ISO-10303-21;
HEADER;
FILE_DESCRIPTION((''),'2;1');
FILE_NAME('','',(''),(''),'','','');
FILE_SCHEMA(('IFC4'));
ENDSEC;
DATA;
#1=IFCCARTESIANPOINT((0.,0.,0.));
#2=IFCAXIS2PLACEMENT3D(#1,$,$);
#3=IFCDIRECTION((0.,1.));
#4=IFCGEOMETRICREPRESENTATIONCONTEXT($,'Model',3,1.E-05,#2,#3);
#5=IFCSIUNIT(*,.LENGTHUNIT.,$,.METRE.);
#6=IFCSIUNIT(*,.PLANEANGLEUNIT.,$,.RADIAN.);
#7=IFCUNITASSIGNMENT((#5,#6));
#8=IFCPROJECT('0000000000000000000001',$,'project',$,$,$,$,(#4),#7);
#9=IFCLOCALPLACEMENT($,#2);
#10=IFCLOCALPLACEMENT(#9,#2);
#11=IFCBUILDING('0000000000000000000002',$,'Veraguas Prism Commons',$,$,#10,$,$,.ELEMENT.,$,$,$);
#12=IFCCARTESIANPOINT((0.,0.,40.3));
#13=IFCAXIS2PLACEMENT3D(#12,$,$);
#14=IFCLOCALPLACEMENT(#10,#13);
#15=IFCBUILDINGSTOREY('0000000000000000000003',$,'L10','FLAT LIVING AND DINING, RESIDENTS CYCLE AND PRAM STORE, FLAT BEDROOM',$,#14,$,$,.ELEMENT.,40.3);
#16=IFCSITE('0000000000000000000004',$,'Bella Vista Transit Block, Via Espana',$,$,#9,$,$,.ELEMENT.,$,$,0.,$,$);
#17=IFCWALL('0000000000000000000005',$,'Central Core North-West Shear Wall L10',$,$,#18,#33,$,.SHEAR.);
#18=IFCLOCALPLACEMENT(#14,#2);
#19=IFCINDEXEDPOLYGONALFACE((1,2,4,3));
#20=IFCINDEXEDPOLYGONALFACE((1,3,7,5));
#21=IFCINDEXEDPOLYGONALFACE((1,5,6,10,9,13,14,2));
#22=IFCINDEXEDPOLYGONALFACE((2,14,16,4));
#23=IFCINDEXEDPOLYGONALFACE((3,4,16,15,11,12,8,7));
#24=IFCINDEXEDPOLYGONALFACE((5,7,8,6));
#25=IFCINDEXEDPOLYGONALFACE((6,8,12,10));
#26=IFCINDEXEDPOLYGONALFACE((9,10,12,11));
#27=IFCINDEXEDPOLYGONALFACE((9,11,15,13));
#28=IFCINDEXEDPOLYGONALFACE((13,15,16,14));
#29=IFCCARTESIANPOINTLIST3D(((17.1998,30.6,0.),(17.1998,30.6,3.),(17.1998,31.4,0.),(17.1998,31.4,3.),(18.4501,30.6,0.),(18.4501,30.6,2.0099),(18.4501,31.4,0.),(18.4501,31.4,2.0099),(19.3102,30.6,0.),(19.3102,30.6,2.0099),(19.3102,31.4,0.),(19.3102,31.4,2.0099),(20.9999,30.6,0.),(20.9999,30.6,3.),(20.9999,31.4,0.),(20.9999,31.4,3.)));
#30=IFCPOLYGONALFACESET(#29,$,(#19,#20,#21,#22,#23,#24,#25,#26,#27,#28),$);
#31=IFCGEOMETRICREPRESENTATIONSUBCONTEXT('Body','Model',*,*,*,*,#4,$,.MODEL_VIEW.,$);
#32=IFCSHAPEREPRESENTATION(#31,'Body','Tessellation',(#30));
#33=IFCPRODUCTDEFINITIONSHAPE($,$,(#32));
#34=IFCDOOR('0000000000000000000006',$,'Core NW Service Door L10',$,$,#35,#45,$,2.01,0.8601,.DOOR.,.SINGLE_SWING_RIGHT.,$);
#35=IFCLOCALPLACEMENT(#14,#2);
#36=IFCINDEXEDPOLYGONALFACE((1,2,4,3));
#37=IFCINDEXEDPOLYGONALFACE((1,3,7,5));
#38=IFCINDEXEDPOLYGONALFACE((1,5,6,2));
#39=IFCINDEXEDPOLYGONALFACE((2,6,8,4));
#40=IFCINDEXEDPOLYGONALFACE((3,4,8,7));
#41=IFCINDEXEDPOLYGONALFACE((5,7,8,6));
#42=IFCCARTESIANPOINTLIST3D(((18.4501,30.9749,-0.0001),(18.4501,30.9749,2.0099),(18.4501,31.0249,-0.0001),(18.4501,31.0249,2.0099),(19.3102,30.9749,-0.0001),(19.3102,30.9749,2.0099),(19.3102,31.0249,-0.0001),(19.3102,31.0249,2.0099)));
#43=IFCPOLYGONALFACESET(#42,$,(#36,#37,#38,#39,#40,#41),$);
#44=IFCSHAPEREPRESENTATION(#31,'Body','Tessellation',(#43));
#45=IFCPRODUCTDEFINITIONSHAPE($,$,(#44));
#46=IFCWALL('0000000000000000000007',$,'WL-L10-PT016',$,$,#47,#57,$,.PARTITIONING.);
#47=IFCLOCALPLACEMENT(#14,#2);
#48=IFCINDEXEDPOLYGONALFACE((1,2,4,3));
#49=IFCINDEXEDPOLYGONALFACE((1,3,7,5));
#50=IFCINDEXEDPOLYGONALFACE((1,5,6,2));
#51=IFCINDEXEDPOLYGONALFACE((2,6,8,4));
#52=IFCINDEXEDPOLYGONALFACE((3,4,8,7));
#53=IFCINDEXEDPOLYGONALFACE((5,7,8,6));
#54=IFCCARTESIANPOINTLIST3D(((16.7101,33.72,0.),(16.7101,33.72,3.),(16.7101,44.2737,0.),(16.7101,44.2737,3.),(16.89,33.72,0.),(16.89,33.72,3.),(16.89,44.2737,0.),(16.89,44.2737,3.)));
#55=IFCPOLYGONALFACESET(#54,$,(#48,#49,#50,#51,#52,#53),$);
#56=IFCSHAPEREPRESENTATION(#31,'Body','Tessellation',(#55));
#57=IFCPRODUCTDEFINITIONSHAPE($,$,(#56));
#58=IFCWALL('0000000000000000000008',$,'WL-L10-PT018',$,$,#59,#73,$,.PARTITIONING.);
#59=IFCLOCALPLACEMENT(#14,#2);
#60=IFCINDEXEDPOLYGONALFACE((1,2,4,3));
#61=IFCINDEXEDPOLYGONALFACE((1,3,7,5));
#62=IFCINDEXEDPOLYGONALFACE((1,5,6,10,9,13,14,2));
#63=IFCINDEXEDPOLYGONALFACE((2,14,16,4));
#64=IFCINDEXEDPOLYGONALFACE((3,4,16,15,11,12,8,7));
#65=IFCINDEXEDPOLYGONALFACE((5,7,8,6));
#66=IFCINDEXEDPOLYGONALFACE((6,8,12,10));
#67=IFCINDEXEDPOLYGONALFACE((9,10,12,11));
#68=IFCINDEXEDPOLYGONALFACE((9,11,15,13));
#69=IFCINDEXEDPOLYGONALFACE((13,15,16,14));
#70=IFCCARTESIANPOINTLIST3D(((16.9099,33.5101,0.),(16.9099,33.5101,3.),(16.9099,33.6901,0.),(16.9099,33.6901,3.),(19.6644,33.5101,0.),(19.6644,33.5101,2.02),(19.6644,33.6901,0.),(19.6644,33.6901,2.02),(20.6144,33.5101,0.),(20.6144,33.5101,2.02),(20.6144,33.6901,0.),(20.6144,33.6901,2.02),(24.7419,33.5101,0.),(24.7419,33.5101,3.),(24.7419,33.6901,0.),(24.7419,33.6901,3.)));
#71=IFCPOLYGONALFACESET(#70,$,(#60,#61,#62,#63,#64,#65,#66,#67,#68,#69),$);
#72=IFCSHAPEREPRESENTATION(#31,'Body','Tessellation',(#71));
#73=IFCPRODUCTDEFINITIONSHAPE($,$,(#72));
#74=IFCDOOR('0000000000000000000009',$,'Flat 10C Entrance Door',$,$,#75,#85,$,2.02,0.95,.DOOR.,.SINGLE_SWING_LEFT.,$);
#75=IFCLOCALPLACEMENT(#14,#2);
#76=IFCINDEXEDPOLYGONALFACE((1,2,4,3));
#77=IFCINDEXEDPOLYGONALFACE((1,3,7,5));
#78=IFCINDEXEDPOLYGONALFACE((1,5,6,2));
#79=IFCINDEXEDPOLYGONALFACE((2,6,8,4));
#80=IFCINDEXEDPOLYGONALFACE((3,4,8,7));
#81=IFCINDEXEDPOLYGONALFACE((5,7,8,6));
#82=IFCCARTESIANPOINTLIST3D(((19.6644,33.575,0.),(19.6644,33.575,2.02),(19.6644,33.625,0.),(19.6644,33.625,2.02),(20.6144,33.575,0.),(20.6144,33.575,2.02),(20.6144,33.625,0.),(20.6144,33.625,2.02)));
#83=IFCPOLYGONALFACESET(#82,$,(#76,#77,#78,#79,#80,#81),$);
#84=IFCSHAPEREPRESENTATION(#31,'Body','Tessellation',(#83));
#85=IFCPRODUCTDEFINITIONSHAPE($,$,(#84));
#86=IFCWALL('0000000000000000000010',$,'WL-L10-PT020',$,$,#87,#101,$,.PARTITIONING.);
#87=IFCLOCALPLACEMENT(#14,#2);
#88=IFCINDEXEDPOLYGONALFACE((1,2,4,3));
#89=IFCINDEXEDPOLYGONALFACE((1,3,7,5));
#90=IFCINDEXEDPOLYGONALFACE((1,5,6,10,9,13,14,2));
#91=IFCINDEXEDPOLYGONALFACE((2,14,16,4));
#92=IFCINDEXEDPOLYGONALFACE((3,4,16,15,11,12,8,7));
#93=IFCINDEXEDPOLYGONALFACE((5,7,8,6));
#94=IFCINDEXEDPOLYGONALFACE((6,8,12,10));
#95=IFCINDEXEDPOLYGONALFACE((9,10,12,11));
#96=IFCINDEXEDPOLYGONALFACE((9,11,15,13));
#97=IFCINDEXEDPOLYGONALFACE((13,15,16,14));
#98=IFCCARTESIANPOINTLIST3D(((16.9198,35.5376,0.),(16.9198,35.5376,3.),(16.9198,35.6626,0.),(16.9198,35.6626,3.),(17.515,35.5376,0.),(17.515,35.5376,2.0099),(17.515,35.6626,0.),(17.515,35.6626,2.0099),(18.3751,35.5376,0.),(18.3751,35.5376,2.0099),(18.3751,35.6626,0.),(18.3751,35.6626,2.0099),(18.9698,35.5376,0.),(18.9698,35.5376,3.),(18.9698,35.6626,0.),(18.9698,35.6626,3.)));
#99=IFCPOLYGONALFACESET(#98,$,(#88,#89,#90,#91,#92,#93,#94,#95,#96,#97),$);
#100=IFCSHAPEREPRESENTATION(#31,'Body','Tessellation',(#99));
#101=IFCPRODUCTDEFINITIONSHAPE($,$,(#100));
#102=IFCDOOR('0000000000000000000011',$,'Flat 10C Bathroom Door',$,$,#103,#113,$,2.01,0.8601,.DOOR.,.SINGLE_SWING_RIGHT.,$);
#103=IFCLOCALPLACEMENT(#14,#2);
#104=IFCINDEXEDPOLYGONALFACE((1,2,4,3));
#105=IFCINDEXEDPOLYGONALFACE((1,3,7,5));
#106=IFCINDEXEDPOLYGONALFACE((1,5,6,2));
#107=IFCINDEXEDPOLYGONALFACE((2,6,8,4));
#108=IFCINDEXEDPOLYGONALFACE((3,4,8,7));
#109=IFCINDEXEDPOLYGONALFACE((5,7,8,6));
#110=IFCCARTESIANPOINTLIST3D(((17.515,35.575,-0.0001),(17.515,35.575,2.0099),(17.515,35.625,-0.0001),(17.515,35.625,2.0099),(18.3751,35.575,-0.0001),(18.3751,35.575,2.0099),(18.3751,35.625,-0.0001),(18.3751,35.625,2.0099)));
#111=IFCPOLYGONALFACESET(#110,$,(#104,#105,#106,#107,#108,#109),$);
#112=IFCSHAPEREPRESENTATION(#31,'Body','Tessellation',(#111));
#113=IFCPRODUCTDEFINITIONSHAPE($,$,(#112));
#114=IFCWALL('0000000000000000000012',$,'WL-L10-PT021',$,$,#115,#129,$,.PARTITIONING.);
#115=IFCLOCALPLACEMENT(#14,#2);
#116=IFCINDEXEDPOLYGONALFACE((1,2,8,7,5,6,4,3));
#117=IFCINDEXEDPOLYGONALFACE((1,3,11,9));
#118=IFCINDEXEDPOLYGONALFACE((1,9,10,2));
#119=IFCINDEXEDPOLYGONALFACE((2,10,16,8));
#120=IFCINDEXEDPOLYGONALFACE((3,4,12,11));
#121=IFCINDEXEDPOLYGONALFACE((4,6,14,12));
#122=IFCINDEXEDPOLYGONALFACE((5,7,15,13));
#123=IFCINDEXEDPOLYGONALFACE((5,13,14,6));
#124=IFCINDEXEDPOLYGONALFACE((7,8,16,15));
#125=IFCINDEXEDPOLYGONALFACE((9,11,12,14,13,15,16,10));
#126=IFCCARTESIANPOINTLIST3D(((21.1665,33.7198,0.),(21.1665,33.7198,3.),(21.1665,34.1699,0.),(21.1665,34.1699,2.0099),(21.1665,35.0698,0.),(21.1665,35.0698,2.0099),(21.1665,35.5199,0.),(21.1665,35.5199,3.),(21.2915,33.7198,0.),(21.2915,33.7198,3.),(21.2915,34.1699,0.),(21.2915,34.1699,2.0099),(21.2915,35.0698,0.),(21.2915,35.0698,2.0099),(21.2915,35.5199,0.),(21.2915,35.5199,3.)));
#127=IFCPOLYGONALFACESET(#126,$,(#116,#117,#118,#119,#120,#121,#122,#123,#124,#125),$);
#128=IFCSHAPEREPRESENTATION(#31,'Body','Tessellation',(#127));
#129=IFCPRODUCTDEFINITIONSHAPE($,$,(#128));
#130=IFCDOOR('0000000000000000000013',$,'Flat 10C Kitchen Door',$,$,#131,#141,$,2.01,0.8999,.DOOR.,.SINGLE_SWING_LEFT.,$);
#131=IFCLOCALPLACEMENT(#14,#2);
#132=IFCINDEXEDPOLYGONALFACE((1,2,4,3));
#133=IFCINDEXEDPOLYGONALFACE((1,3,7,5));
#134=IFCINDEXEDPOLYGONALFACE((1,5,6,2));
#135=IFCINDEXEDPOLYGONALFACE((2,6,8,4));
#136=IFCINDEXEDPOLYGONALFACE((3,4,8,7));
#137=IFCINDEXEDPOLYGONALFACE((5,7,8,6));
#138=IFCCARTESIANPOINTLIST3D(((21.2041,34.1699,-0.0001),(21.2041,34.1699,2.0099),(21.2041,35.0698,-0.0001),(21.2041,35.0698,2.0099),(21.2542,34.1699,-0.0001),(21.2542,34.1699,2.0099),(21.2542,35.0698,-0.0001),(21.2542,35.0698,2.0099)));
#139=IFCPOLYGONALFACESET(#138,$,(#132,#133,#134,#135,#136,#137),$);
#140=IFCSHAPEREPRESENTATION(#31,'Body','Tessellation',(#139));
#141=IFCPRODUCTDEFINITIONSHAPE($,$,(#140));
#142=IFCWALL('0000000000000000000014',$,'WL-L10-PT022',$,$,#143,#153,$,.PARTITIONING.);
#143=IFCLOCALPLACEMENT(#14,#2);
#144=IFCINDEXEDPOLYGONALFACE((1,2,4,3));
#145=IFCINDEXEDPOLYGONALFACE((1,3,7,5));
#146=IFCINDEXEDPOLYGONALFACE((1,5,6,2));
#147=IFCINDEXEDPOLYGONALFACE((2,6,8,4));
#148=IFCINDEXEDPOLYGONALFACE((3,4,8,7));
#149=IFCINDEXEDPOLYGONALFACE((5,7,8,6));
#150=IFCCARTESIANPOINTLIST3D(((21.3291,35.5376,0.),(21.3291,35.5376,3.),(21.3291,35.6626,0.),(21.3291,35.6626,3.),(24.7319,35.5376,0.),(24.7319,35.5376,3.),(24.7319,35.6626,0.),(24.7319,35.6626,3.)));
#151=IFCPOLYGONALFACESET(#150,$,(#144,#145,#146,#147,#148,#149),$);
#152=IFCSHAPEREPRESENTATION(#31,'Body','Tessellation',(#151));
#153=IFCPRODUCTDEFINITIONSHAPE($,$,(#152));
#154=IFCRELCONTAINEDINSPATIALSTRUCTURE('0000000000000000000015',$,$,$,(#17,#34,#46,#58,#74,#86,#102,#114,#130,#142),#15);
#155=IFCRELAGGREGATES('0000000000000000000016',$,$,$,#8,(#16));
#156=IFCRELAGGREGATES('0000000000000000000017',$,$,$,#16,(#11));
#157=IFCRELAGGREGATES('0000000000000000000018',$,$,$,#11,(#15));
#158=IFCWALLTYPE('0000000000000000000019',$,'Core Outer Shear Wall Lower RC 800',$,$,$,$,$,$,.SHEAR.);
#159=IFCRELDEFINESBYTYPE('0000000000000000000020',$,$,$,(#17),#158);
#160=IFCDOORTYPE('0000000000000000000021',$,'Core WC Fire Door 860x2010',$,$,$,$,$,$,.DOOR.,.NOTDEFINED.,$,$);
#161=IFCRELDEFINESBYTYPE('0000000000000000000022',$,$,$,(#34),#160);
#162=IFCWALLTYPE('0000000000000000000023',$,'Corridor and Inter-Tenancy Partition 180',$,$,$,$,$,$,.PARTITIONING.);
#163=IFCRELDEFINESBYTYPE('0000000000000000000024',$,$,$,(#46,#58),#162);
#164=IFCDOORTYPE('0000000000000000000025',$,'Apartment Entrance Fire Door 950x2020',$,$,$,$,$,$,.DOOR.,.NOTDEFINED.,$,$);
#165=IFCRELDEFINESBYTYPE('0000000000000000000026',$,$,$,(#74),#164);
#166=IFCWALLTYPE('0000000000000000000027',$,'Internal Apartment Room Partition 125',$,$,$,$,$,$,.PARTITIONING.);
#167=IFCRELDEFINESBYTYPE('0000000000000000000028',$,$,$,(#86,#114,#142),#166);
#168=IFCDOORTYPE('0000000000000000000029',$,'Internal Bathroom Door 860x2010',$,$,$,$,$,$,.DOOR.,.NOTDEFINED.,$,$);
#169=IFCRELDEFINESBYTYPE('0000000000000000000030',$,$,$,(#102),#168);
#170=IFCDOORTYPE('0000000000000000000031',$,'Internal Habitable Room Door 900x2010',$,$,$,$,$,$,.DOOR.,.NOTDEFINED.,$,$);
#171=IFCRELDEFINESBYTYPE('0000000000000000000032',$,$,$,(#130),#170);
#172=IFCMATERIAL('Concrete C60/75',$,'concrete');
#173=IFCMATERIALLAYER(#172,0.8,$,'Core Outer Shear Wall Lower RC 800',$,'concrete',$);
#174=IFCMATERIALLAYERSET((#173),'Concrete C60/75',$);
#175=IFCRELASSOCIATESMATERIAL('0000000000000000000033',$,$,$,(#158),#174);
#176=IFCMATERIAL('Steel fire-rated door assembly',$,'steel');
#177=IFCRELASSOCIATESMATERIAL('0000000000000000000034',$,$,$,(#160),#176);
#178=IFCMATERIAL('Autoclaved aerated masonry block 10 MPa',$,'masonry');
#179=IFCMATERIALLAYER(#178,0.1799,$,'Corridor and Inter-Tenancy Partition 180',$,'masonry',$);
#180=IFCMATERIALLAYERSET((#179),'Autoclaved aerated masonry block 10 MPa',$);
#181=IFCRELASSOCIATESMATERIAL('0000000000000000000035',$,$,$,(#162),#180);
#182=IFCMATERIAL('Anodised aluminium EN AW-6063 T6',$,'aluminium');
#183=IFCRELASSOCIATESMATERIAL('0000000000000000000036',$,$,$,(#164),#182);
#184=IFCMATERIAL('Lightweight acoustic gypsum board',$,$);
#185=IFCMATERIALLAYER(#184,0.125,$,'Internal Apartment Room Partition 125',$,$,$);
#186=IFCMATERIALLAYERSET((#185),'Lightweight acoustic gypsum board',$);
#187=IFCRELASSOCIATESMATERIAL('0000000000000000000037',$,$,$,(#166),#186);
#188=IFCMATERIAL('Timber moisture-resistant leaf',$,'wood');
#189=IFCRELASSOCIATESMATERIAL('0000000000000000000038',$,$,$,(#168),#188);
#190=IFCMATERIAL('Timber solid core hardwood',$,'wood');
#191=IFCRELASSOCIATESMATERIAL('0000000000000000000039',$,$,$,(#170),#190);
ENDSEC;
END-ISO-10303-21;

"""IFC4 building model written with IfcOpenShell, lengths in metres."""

from ifc_helpers import new_model, si_unit, direction, frame, frame_2d, origin, place, context, subcontext, project, spatial, rectangle, extrude, source, transform, mapped, material, layer, layer_set, type_object, element, fill, save


model = new_model("IFC4")

# Units and contexts
model_context = context("Model", 3, precision=1e-05, world=origin(), true_north=direction((0.0, 1.0)))
body_context = subcontext(model_context, "Body", "Model", "MODEL_VIEW")
ifc_project = project(units=[si_unit("LENGTHUNIT", "METRE"), si_unit("PLANEANGLEUNIT", "RADIAN")], contexts=[model_context])

# Site, building, storey
site_placement = place(None, origin())
site = spatial("IfcSite", under=ifc_project, at=site_placement, Name="Bella Vista Transit Block, Via Espana", CompositionType="ELEMENT", RefElevation=0.0)
building_placement = place(site_placement, origin())
building = spatial("IfcBuilding", under=site, at=building_placement, Name="Veraguas Prism Commons", CompositionType="ELEMENT")
storey_placement = place(building_placement, frame((0.0, 0.0, 40.3)))
storey = spatial("IfcBuildingStorey", under=building, at=storey_placement, Name="L10", Description="FLAT LIVING AND DINING, RESIDENTS CYCLE AND PRAM STORE, FLAT BEDROOM", CompositionType="ELEMENT", Elevation=40.3)

# Shared definitions
ifc_material_1 = material(Name="Concrete C60/75", Category="concrete")

# Shared definitions
ifc_material_2 = material(Name="Anodised aluminium EN AW-6063 T6", Category="aluminium")

# Wall, opening, door
ifc_layer_1 = layer(ifc_material_1, 0.8, Name="Core Outer Shear Wall Lower RC 800", Category="concrete")
ifc_layer_set_1 = layer_set([ifc_layer_1], Name="Concrete C60/75")
wall_type_1 = type_object("IfcWallType", Name="Core Outer Shear Wall Lower RC 800", PredefinedType="SHEAR", material=ifc_layer_set_1)
wall_1_placement = place(storey_placement, frame((17.2, 31.0, 0.0), z_axis=(0.0, 0.0, 1.0), x_axis=(1.0, 0.0, 0.0)))
wall_1 = element("IfcWall", 1, at=wall_1_placement, inside=storey, type_object=wall_type_1, Name="Central Core North-West Shear Wall L10", PredefinedType="SHEAR", context=body_context, shape_type="SweptSolid", body=[
    extrude(rectangle(XDim=3.8, YDim=0.8, at=frame_2d((1.8999, 0.0))), origin(), (0.0, 0.0, 1.0), 3.0),
])
opening_1_placement = place(wall_1_placement, frame((1.25, 0.0, 0.0)))
opening_1 = element("IfcOpeningElement", 2, at=opening_1_placement, cuts=wall_1, PredefinedType="OPENING", context=body_context, shape_type="SweptSolid", body=[
    extrude(rectangle(XDim=0.8601, YDim=2.01, at=frame_2d((0.4302, 1.0049))), frame((0.0, 0.4099, 0.0), z_axis=(0.0, -1.0, 0.0), x_axis=(1.0, 0.0, 0.0)), (0.0, 0.0, 1.0), 0.8201),
])
ifc_material_3 = material(Name="Steel fire-rated door assembly", Category="steel")
door_type_1 = type_object("IfcDoorType", Name="Core WC Fire Door 860x2010", OperationType="NOTDEFINED", PredefinedType="DOOR", material=ifc_material_3)
shared_shape_1 = source(origin(), body_context, "Body", "SweptSolid", [
    extrude(rectangle(XDim=0.8601, YDim=2.01, at=frame_2d((0.4302, 1.0049))), frame((0.0, 0.0249, 0.0), z_axis=(0.0, -1.0, 0.0), x_axis=(1.0, 0.0, 0.0)), (0.0, 0.0, 1.0), 0.05),
])
door_1_placement = place(opening_1_placement, origin())
door_1 = element("IfcDoor", 3, at=door_1_placement, inside=storey, type_object=door_type_1, Name="Core NW Service Door L10", OperationType="SINGLE_SWING_RIGHT", OverallHeight=2.01, OverallWidth=0.8601, PredefinedType="DOOR", context=body_context, shape_type="MappedRepresentation", body=[
    mapped(shared_shape_1, transform((0.0, 0.0, 0.0), scale=1.0)),
])
fill(opening_1, door_1)

# Wall
ifc_material_4 = material(Name="Autoclaved aerated masonry block 10 MPa", Category="masonry")
ifc_layer_2 = layer(ifc_material_4, 0.1799, Name="Corridor and Inter-Tenancy Partition 180", Category="masonry")
ifc_layer_set_2 = layer_set([ifc_layer_2], Name="Autoclaved aerated masonry block 10 MPa")
wall_type_2 = type_object("IfcWallType", Name="Corridor and Inter-Tenancy Partition 180", PredefinedType="PARTITIONING", material=ifc_layer_set_2)
wall_2_placement = place(storey_placement, frame((16.8, 33.72, 0.0), z_axis=(0.0, 0.0, 1.0), x_axis=(0.0, 1.0, 0.0)))
element("IfcWall", 4, at=wall_2_placement, inside=storey, type_object=wall_type_2, Name="WL-L10-PT016", PredefinedType="PARTITIONING", context=body_context, shape_type="SweptSolid", body=[
    extrude(rectangle(XDim=10.5537, YDim=0.1799, at=frame_2d((5.2769, 0.0))), origin(), (0.0, 0.0, 1.0), 3.0),
])

# Walls, openings, doors
wall_3_placement = place(storey_placement, frame((16.9099, 33.6001, 0.0), z_axis=(0.0, 0.0, 1.0), x_axis=(1.0, 0.0, 0.0)))
wall_3 = element("IfcWall", 5, at=wall_3_placement, inside=storey, type_object=wall_type_2, Name="WL-L10-PT018", PredefinedType="PARTITIONING", context=body_context, shape_type="SweptSolid", body=[
    extrude(rectangle(XDim=7.832, YDim=0.1799, at=frame_2d((3.916, 0.0))), origin(), (0.0, 0.0, 1.0), 3.0),
])
opening_2_placement = place(wall_3_placement, frame((2.7544, 0.0, 0.0)))
opening_2 = element("IfcOpeningElement", 6, at=opening_2_placement, cuts=wall_3, PredefinedType="OPENING", context=body_context, shape_type="SweptSolid", body=[
    extrude(rectangle(XDim=0.95, YDim=2.02, at=frame_2d((0.4751, 1.01))), frame((0.0, 0.0999, 0.0), z_axis=(0.0, -1.0, 0.0), x_axis=(1.0, 0.0, 0.0)), (0.0, 0.0, 1.0), 0.2),
])
door_type_2 = type_object("IfcDoorType", Name="Apartment Entrance Fire Door 950x2020", OperationType="NOTDEFINED", PredefinedType="DOOR", material=ifc_material_2)
shared_shape_2 = source(origin(), body_context, "Body", "SweptSolid", [
    extrude(rectangle(XDim=0.95, YDim=2.02, at=frame_2d((0.4751, 1.01))), frame((0.0, 0.0249, 0.0), z_axis=(0.0, -1.0, 0.0), x_axis=(1.0, 0.0, 0.0)), (0.0, 0.0, 1.0), 0.05),
])
door_2_placement = place(opening_2_placement, origin())
door_2 = element("IfcDoor", 7, at=door_2_placement, inside=storey, type_object=door_type_2, Name="Flat 10C Entrance Door", OperationType="SINGLE_SWING_LEFT", OverallHeight=2.02, OverallWidth=0.95, PredefinedType="DOOR", context=body_context, shape_type="MappedRepresentation", body=[
    mapped(shared_shape_2, transform((0.0, 0.0, 0.0), scale=1.0)),
])
fill(opening_2, door_2)
ifc_material_5 = material(Name="Lightweight acoustic gypsum board")
ifc_layer_3 = layer(ifc_material_5, 0.125, Name="Internal Apartment Room Partition 125")
ifc_layer_set_3 = layer_set([ifc_layer_3], Name="Lightweight acoustic gypsum board")
wall_type_3 = type_object("IfcWallType", Name="Internal Apartment Room Partition 125", PredefinedType="PARTITIONING", material=ifc_layer_set_3)
wall_4_placement = place(storey_placement, frame((16.9199, 35.6001, 0.0), z_axis=(0.0, 0.0, 1.0), x_axis=(1.0, 0.0, 0.0)))
wall_4 = element("IfcWall", 8, at=wall_4_placement, inside=storey, type_object=wall_type_3, Name="WL-L10-PT020", PredefinedType="PARTITIONING", context=body_context, shape_type="SweptSolid", body=[
    extrude(rectangle(XDim=2.05, YDim=0.125, at=frame_2d((1.0249, 0.0))), origin(), (0.0, 0.0, 1.0), 3.0),
])
opening_3_placement = place(wall_4_placement, frame((0.595, 0.0, 0.0)))
opening_3 = element("IfcOpeningElement", 9, at=opening_3_placement, cuts=wall_4, PredefinedType="OPENING", context=body_context, shape_type="SweptSolid", body=[
    extrude(rectangle(XDim=0.8601, YDim=2.01, at=frame_2d((0.4302, 1.0049))), frame((0.0, 0.0725, 0.0), z_axis=(0.0, -1.0, 0.0), x_axis=(1.0, 0.0, 0.0)), (0.0, 0.0, 1.0), 0.145),
])
ifc_material_6 = material(Name="Timber moisture-resistant leaf", Category="wood")
door_type_3 = type_object("IfcDoorType", Name="Internal Bathroom Door 860x2010", OperationType="NOTDEFINED", PredefinedType="DOOR", material=ifc_material_6)
door_3_placement = place(opening_3_placement, origin())
door_3 = element("IfcDoor", 10, at=door_3_placement, inside=storey, type_object=door_type_3, Name="Flat 10C Bathroom Door", OperationType="SINGLE_SWING_RIGHT", OverallHeight=2.01, OverallWidth=0.8601, PredefinedType="DOOR", context=body_context, shape_type="MappedRepresentation", body=[
    mapped(shared_shape_1, transform((0.0, 0.0, 0.0), scale=1.0)),
])
fill(opening_3, door_3)
wall_5_placement = place(storey_placement, frame((21.229, 33.72, 0.0), z_axis=(0.0, 0.0, 1.0), x_axis=(0.0, 1.0, 0.0)))
wall_5 = element("IfcWall", 11, at=wall_5_placement, inside=storey, type_object=wall_type_3, Name="WL-L10-PT021", PredefinedType="PARTITIONING", context=body_context, shape_type="SweptSolid", body=[
    extrude(rectangle(XDim=1.8, YDim=0.125, at=frame_2d((0.8999, 0.0))), origin(), (0.0, 0.0, 1.0), 3.0),
])
opening_4_placement = place(wall_5_placement, frame((0.45, 0.0, 0.0)))
opening_4 = element("IfcOpeningElement", 12, at=opening_4_placement, cuts=wall_5, PredefinedType="OPENING", context=body_context, shape_type="SweptSolid", body=[
    extrude(rectangle(XDim=0.8999, YDim=2.01, at=frame_2d((0.45, 1.0049))), frame((0.0, 0.0725, 0.0), z_axis=(0.0, -1.0, 0.0), x_axis=(1.0, 0.0, 0.0)), (0.0, 0.0, 1.0), 0.145),
])
ifc_material_7 = material(Name="Timber solid core hardwood", Category="wood")
door_type_4 = type_object("IfcDoorType", Name="Internal Habitable Room Door 900x2010", OperationType="NOTDEFINED", PredefinedType="DOOR", material=ifc_material_7)
shared_shape_3 = source(origin(), body_context, "Body", "SweptSolid", [
    extrude(rectangle(XDim=0.8999, YDim=2.01, at=frame_2d((0.45, 1.0049))), frame((0.0, 0.0249, 0.0), z_axis=(0.0, -1.0, 0.0), x_axis=(1.0, 0.0, 0.0)), (0.0, 0.0, 1.0), 0.05),
])
door_4_placement = place(opening_4_placement, origin())
door_4 = element("IfcDoor", 13, at=door_4_placement, inside=storey, type_object=door_type_4, Name="Flat 10C Kitchen Door", OperationType="SINGLE_SWING_LEFT", OverallHeight=2.01, OverallWidth=0.8999, PredefinedType="DOOR", context=body_context, shape_type="MappedRepresentation", body=[
    mapped(shared_shape_3, transform((0.0, 0.0, 0.0), scale=1.0)),
])
fill(opening_4, door_4)

# Wall
wall_6_placement = place(storey_placement, frame((21.3291, 35.6001, 0.0), z_axis=(0.0, 0.0, 1.0), x_axis=(1.0, 0.0, 0.0)))
element("IfcWall", 14, at=wall_6_placement, inside=storey, type_object=wall_type_3, Name="WL-L10-PT022", PredefinedType="PARTITIONING", context=body_context, shape_type="SweptSolid", body=[
    extrude(rectangle(XDim=3.4028, YDim=0.125, at=frame_2d((1.7014, 0.0))), origin(), (0.0, 0.0, 1.0), 3.0),
])

save(model, "model.ifc")
